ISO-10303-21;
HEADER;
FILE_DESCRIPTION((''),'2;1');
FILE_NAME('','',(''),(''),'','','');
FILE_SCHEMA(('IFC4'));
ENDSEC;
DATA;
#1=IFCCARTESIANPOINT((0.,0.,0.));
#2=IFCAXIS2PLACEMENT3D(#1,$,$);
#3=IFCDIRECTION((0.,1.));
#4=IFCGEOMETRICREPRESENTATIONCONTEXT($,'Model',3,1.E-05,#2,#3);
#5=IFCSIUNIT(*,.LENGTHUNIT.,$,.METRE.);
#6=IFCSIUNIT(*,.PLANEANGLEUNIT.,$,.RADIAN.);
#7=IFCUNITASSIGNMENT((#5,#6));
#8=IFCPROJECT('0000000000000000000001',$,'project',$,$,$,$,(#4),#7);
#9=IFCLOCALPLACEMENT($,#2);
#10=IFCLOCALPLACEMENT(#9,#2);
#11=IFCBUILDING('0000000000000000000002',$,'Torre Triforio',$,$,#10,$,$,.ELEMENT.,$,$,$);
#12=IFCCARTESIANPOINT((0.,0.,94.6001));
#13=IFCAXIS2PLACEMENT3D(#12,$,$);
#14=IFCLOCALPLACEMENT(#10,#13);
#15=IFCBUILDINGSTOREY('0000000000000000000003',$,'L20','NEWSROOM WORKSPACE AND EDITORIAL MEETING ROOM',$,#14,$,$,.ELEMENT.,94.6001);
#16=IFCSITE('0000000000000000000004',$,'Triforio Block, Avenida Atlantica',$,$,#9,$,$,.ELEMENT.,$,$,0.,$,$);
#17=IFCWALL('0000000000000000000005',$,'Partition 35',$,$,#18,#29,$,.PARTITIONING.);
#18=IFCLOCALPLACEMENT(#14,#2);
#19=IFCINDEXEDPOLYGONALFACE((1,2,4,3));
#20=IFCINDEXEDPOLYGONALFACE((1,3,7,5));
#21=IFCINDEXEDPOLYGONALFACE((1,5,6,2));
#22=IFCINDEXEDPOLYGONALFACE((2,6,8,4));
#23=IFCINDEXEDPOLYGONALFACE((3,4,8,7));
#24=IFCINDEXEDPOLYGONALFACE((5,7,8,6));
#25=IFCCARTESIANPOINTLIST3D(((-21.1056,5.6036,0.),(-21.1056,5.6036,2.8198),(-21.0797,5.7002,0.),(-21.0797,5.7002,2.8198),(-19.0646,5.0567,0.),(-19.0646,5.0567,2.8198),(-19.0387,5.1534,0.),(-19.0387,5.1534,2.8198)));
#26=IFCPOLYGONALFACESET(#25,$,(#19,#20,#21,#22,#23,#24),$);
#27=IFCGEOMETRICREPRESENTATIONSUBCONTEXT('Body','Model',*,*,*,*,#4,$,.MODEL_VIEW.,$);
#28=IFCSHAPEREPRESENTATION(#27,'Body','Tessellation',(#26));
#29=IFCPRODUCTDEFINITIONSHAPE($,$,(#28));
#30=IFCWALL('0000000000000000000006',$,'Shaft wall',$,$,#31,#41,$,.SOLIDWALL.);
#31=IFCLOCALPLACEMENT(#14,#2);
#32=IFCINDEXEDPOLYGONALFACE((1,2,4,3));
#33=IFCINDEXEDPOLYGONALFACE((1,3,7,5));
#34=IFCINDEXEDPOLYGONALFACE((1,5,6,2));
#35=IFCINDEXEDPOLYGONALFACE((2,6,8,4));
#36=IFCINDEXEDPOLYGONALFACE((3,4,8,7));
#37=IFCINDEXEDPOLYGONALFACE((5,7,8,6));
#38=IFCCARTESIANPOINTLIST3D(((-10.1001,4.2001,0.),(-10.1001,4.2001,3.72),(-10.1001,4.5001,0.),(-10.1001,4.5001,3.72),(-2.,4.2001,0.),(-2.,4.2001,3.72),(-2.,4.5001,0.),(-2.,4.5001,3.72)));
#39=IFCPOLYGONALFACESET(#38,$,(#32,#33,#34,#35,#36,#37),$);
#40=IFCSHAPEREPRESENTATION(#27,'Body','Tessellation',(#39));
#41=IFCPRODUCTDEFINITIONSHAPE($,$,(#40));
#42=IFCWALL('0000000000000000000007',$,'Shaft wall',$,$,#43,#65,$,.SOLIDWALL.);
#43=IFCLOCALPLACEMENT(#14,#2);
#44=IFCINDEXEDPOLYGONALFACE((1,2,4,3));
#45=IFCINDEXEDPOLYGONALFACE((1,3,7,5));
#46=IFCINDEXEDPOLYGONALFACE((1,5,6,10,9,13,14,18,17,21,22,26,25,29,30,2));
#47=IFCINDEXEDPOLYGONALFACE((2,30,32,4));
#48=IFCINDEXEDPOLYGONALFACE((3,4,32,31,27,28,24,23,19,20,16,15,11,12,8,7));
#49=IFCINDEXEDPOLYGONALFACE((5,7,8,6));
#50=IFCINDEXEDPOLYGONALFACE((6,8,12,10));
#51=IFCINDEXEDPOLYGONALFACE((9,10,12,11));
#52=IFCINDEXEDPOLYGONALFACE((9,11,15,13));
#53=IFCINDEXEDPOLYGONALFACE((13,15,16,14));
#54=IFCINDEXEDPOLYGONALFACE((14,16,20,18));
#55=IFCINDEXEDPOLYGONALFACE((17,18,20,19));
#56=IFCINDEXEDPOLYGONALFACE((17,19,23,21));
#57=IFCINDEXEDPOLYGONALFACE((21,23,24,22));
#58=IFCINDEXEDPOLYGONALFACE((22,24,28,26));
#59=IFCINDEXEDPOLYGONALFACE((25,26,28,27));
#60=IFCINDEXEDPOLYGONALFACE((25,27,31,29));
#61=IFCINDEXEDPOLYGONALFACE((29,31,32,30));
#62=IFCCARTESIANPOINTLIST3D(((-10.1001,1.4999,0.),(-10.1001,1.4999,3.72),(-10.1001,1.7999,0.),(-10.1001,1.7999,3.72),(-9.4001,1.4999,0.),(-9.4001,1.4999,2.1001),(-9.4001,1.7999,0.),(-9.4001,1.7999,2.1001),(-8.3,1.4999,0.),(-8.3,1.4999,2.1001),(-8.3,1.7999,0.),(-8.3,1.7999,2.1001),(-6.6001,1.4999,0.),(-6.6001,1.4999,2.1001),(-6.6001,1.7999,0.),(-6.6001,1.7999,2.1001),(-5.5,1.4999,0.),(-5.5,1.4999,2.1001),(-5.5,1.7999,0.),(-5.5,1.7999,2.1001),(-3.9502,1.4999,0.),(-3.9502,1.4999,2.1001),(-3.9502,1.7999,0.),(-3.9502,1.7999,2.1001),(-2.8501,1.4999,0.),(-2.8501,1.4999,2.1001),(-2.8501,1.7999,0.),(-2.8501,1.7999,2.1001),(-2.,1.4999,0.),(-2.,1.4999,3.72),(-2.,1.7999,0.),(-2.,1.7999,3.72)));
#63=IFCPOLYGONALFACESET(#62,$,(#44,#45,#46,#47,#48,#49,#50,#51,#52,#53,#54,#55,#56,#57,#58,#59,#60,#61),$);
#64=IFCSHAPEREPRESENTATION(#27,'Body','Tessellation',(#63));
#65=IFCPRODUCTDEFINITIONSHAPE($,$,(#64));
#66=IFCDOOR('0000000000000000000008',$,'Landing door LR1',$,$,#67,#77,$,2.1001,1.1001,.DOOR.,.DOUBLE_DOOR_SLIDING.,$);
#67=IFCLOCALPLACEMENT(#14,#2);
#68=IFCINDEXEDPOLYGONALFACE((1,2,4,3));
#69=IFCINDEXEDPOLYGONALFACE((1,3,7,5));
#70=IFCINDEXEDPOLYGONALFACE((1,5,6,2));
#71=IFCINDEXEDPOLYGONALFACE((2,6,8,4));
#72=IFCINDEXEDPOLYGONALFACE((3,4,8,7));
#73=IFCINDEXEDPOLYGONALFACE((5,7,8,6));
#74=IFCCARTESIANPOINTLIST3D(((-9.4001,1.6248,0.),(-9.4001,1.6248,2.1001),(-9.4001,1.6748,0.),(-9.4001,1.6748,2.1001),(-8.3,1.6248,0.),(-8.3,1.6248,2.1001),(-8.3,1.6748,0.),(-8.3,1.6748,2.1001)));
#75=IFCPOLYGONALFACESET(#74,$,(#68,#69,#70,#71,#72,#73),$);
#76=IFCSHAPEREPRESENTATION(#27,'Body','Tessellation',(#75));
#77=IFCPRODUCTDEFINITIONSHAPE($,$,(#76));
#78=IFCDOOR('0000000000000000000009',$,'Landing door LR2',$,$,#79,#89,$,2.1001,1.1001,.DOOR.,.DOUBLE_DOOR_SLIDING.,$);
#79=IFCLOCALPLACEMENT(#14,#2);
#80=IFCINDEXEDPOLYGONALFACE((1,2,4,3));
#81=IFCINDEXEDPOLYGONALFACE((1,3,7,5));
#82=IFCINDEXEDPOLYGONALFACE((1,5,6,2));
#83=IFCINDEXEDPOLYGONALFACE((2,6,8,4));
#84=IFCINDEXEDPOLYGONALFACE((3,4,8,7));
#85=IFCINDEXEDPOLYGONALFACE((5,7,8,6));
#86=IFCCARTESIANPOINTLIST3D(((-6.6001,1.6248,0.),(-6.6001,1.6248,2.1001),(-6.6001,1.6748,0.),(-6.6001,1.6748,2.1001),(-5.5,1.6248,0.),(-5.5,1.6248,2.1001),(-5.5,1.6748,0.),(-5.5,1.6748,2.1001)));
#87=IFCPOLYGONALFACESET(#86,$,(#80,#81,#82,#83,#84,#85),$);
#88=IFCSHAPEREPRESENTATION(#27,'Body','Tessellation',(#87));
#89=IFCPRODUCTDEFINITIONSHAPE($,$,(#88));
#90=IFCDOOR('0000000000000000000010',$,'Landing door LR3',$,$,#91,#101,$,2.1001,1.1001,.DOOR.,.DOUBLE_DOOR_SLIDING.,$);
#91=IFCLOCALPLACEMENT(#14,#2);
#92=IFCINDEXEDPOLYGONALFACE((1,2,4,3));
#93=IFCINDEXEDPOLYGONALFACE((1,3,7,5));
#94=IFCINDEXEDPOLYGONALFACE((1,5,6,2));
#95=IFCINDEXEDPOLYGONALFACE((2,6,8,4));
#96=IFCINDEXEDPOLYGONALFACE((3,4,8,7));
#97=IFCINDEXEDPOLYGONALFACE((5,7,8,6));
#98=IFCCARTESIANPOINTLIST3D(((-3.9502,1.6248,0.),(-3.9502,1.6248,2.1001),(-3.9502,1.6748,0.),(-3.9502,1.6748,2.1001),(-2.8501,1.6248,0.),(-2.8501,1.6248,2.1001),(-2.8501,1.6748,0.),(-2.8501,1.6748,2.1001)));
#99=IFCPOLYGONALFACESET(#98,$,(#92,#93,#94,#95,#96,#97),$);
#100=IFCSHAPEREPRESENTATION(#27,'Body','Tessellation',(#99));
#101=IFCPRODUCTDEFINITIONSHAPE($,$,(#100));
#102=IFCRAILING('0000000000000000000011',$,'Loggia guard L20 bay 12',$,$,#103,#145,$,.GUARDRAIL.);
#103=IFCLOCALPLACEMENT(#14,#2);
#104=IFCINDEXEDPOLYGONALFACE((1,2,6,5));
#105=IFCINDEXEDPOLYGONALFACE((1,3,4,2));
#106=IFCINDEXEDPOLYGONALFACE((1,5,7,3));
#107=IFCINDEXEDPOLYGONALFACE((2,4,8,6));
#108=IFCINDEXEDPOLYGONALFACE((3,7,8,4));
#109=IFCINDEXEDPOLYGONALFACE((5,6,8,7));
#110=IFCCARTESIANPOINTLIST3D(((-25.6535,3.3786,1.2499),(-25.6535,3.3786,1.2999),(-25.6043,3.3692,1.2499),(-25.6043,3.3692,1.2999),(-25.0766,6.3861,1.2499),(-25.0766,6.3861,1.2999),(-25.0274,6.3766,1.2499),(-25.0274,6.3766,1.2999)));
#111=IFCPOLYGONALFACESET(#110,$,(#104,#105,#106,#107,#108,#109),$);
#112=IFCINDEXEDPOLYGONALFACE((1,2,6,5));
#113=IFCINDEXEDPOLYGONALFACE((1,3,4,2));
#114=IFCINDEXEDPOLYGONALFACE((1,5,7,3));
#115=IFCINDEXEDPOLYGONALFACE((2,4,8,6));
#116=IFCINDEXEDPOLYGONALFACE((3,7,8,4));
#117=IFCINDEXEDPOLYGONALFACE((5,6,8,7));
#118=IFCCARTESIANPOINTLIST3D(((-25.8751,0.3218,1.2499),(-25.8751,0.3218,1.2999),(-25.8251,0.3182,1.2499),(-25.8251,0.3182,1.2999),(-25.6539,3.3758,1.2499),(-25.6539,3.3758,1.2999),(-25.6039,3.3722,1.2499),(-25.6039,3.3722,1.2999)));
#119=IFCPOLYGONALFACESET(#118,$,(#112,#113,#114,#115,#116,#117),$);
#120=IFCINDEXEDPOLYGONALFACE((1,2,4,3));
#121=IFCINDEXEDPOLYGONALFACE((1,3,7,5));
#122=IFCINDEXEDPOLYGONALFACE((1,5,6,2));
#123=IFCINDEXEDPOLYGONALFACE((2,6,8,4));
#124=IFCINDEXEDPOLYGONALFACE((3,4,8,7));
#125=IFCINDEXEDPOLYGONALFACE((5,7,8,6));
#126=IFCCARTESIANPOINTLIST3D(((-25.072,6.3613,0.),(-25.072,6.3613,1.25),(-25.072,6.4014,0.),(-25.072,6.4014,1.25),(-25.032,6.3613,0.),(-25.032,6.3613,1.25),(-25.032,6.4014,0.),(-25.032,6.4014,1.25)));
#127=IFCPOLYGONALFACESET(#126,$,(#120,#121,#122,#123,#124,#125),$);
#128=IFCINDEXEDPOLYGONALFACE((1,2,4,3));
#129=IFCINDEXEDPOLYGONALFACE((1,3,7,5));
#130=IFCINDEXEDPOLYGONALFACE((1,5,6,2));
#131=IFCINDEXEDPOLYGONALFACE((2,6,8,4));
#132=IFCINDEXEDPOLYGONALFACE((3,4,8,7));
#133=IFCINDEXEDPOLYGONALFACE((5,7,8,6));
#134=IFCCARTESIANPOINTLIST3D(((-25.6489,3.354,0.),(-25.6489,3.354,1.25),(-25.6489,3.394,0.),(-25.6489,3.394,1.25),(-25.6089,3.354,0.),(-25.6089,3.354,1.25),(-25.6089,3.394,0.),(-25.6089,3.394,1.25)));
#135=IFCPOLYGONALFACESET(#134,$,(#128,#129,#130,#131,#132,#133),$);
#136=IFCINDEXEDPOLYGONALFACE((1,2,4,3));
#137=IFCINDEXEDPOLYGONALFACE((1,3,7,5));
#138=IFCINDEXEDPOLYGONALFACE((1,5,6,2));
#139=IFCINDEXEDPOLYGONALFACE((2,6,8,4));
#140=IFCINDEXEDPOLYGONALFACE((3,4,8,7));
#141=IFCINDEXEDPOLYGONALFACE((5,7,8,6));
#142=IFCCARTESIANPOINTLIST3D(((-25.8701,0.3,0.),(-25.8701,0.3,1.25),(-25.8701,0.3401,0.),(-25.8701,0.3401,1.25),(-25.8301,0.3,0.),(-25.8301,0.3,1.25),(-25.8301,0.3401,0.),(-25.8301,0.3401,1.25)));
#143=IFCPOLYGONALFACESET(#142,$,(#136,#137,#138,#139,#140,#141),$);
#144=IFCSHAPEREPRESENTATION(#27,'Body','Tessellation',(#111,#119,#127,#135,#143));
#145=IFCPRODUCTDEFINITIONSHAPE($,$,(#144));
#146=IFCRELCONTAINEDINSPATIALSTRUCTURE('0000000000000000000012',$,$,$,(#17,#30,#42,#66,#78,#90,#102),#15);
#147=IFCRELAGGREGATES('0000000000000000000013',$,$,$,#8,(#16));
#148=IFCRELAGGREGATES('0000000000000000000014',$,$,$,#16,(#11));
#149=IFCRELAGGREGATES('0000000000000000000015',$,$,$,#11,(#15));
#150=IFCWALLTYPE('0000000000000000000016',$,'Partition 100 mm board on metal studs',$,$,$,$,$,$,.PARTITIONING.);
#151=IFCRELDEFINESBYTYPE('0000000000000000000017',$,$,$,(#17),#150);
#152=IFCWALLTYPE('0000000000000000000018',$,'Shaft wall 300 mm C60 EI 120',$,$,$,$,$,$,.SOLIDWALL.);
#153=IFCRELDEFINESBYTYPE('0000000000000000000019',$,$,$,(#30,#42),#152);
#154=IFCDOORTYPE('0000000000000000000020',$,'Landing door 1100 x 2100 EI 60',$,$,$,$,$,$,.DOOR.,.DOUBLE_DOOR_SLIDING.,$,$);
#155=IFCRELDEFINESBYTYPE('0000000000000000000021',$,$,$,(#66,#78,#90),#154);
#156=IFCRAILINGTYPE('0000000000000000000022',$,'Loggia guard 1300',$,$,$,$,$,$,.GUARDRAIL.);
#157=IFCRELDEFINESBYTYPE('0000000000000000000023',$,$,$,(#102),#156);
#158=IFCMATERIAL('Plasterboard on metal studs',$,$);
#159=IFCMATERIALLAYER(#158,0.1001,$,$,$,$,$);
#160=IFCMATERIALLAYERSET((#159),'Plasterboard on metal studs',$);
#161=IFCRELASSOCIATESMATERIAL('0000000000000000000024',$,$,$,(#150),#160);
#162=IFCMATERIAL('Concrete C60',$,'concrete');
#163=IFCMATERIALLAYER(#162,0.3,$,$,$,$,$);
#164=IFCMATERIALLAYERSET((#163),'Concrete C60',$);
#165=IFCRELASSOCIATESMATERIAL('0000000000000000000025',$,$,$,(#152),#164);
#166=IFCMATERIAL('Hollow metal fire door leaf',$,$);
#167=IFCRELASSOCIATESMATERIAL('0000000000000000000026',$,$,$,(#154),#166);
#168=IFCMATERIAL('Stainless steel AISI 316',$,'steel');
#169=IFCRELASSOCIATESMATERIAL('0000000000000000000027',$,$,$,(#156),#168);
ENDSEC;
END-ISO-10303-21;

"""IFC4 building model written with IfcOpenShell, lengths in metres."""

from ifc_helpers import new_model, si_unit, direction, frame, frame_2d, origin, origin_2d, place, context, subcontext, project, spatial, rectangle, extrude, material, layer, layer_set, type_object, element, fill, save


model = new_model("IFC4")

# Units and contexts
model_context = context("Model", 3, precision=1e-05, world=origin(), true_north=direction((0.0, 1.0)))
body_context = subcontext(model_context, "Body", "Model", "MODEL_VIEW")
ifc_project = project(units=[si_unit("LENGTHUNIT", "METRE"), si_unit("PLANEANGLEUNIT", "RADIAN")], contexts=[model_context])

# Site, building, storey
site_placement = place(None, origin())
site = spatial("IfcSite", under=ifc_project, at=site_placement, Name="Triforio Block, Avenida Atlantica", CompositionType="ELEMENT", RefElevation=0.0)
building_placement = place(site_placement, origin())
building = spatial("IfcBuilding", under=site, at=building_placement, Name="Torre Triforio", CompositionType="ELEMENT")
storey_placement = place(building_placement, frame((0.0, 0.0, 94.6001)))
storey = spatial("IfcBuildingStorey", under=building, at=storey_placement, Name="L20", Description="NEWSROOM WORKSPACE AND EDITORIAL MEETING ROOM", CompositionType="ELEMENT", Elevation=94.6001)

# Shared definitions
ifc_material_1 = material(Name="Concrete C60", Category="concrete")

# Shared definitions
ifc_material_2 = material(Name="Hollow metal fire door leaf")

# Shared definitions
ifc_material_3 = material(Name="Plasterboard on metal studs")

# Walls
ifc_layer_1 = layer(ifc_material_3, 0.1001)
ifc_layer_set_1 = layer_set([ifc_layer_1], Name="Plasterboard on metal studs")
wall_type_1 = type_object("IfcWallType", Name="Partition 100 mm board on metal studs", PredefinedType="PARTITIONING", material=ifc_layer_set_1)
wall_1_placement = place(storey_placement, frame((-19.0515, 5.105, 0.0), z_axis=(0.0, 0.0, 1.0), x_axis=(-0.965927, 0.258813, 0.0)))
element("IfcWall", 1, at=wall_1_placement, inside=storey, type_object=wall_type_1, Name="Partition 35", PredefinedType="PARTITIONING", context=body_context, shape_type="SweptSolid", body=[
    extrude(rectangle(XDim=2.113, YDim=0.1001, at=frame_2d((1.0566, 0.0))), origin(), (0.0, 0.0, 1.0), 2.8198),
])
ifc_layer_2 = layer(ifc_material_1, 0.3)
ifc_layer_set_2 = layer_set([ifc_layer_2], Name="Concrete C60")
wall_type_2 = type_object("IfcWallType", Name="Shaft wall 300 mm C60 EI 120", PredefinedType="SOLIDWALL", material=ifc_layer_set_2)
wall_2_placement = place(storey_placement, frame((-10.1001, 4.3501, 0.0), z_axis=(0.0, 0.0, 1.0), x_axis=(1.0, 0.0, 0.0)))
element("IfcWall", 2, at=wall_2_placement, inside=storey, type_object=wall_type_2, Name="Shaft wall", PredefinedType="SOLIDWALL", context=body_context, shape_type="SweptSolid", body=[
    extrude(rectangle(XDim=8.1001, YDim=0.3, at=frame_2d((4.05, 0.0))), origin(), (0.0, 0.0, 1.0), 3.72),
])

# Wall, openings, doors
wall_3_placement = place(storey_placement, frame((-10.1001, 1.6499, 0.0), z_axis=(0.0, 0.0, 1.0), x_axis=(1.0, 0.0, 0.0)))
wall_3 = element("IfcWall", 3, at=wall_3_placement, inside=storey, type_object=wall_type_2, Name="Shaft wall", PredefinedType="SOLIDWALL", context=body_context, shape_type="SweptSolid", body=[
    extrude(rectangle(XDim=8.1001, YDim=0.3, at=frame_2d((4.05, 0.0))), origin(), (0.0, 0.0, 1.0), 3.72),
])
opening_1_placement = place(wall_3_placement, frame((0.7, 0.0, 0.0)))
opening_1 = element("IfcOpeningElement", 4, at=opening_1_placement, cuts=wall_3, PredefinedType="OPENING", context=body_context, shape_type="SweptSolid", body=[
    extrude(rectangle(XDim=1.1001, YDim=2.1001, at=frame_2d((0.55, 1.05))), frame((0.0, 0.1599, 0.0), z_axis=(0.0, -1.0, 0.0), x_axis=(1.0, 0.0, 0.0)), (0.0, 0.0, 1.0), 0.3201),
])
opening_2_placement = place(wall_3_placement, frame((3.5, 0.0, 0.0)))
opening_2 = element("IfcOpeningElement", 5, at=opening_2_placement, cuts=wall_3, PredefinedType="OPENING", context=body_context, shape_type="SweptSolid", body=[
    extrude(rectangle(XDim=1.1001, YDim=2.1001, at=frame_2d((0.55, 1.05))), frame((0.0, 0.1599, 0.0), z_axis=(0.0, -1.0, 0.0), x_axis=(1.0, 0.0, 0.0)), (0.0, 0.0, 1.0), 0.3201),
])
opening_3_placement = place(wall_3_placement, frame((6.1499, 0.0, 0.0)))
opening_3 = element("IfcOpeningElement", 6, at=opening_3_placement, cuts=wall_3, PredefinedType="OPENING", context=body_context, shape_type="SweptSolid", body=[
    extrude(rectangle(XDim=1.1001, YDim=2.1001, at=frame_2d((0.55, 1.05))), frame((0.0, 0.1599, 0.0), z_axis=(0.0, -1.0, 0.0), x_axis=(1.0, 0.0, 0.0)), (0.0, 0.0, 1.0), 0.3201),
])
door_type_1 = type_object("IfcDoorType", Name="Landing door 1100 x 2100 EI 60", OperationType="DOUBLE_DOOR_SLIDING", PredefinedType="DOOR", material=ifc_material_2)
door_1_placement = place(opening_1_placement, origin())
door_1 = element("IfcDoor", 7, at=door_1_placement, inside=storey, type_object=door_type_1, Name="Landing door LR1", OperationType="DOUBLE_DOOR_SLIDING", OverallHeight=2.1001, OverallWidth=1.1001, PredefinedType="DOOR", context=body_context, shape_type="SweptSolid", body=[
    extrude(rectangle(XDim=1.1001, YDim=2.1001, at=frame_2d((0.55, 1.05))), frame((0.0, 0.0249, 0.0), z_axis=(0.0, -1.0, 0.0), x_axis=(1.0, 0.0, 0.0)), (0.0, 0.0, 1.0), 0.05),
])
fill(opening_1, door_1)
door_2_placement = place(opening_2_placement, origin())
door_2 = element("IfcDoor", 8, at=door_2_placement, inside=storey, type_object=door_type_1, Name="Landing door LR2", OperationType="DOUBLE_DOOR_SLIDING", OverallHeight=2.1001, OverallWidth=1.1001, PredefinedType="DOOR", context=body_context, shape_type="SweptSolid", body=[
    extrude(rectangle(XDim=1.1001, YDim=2.1001, at=frame_2d((0.55, 1.05))), frame((0.0, 0.0249, 0.0), z_axis=(0.0, -1.0, 0.0), x_axis=(1.0, 0.0, 0.0)), (0.0, 0.0, 1.0), 0.05),
])
fill(opening_2, door_2)
door_3_placement = place(opening_3_placement, origin())
door_3 = element("IfcDoor", 9, at=door_3_placement, inside=storey, type_object=door_type_1, Name="Landing door LR3", OperationType="DOUBLE_DOOR_SLIDING", OverallHeight=2.1001, OverallWidth=1.1001, PredefinedType="DOOR", context=body_context, shape_type="SweptSolid", body=[
    extrude(rectangle(XDim=1.1001, YDim=2.1001, at=frame_2d((0.55, 1.05))), frame((0.0, 0.0249, 0.0), z_axis=(0.0, -1.0, 0.0), x_axis=(1.0, 0.0, 0.0)), (0.0, 0.0, 1.0), 0.05),
])
fill(opening_3, door_3)

# Railing
ifc_material_4 = material(Name="Stainless steel AISI 316", Category="steel")
railing_type = type_object("IfcRailingType", Name="Loggia guard 1300", PredefinedType="GUARDRAIL", material=ifc_material_4)
railing_placement = place(storey_placement, frame((-25.052, 6.3813, 0.0)))
element("IfcRailing", 10, at=railing_placement, inside=storey, type_object=railing_type, Name="Loggia guard L20 bay 12", PredefinedType="GUARDRAIL", context=body_context, shape_type="SweptSolid", body=[
    extrude(rectangle(XDim=0.05, YDim=0.05, at=origin_2d()), frame((0.0, 0.0, 1.2749), z_axis=(-0.188398, -0.982093, 0.0), x_axis=(0.982093, -0.188398, 0.0)), (0.0, 0.0, 1.0), 3.0623),
    extrude(rectangle(XDim=0.05, YDim=0.05, at=origin_2d()), frame((-0.5769, -3.0073, 1.2749), z_axis=(-0.072239, -0.997387, 0.0), x_axis=(0.997387, -0.072239, 0.0)), (0.0, 0.0, 1.0), 3.062),
    extrude(rectangle(XDim=0.04, YDim=0.04, at=origin_2d()), origin(), (0.0, 0.0, 1.0), 1.25),
    extrude(rectangle(XDim=0.04, YDim=0.04, at=origin_2d()), frame((-0.5769, -3.0073, 0.0)), (0.0, 0.0, 1.0), 1.25),
    extrude(rectangle(XDim=0.04, YDim=0.04, at=origin_2d()), frame((-0.7981, -6.0613, 0.0)), (0.0, 0.0, 1.0), 1.25),
])

save(model, "model.ifc")
